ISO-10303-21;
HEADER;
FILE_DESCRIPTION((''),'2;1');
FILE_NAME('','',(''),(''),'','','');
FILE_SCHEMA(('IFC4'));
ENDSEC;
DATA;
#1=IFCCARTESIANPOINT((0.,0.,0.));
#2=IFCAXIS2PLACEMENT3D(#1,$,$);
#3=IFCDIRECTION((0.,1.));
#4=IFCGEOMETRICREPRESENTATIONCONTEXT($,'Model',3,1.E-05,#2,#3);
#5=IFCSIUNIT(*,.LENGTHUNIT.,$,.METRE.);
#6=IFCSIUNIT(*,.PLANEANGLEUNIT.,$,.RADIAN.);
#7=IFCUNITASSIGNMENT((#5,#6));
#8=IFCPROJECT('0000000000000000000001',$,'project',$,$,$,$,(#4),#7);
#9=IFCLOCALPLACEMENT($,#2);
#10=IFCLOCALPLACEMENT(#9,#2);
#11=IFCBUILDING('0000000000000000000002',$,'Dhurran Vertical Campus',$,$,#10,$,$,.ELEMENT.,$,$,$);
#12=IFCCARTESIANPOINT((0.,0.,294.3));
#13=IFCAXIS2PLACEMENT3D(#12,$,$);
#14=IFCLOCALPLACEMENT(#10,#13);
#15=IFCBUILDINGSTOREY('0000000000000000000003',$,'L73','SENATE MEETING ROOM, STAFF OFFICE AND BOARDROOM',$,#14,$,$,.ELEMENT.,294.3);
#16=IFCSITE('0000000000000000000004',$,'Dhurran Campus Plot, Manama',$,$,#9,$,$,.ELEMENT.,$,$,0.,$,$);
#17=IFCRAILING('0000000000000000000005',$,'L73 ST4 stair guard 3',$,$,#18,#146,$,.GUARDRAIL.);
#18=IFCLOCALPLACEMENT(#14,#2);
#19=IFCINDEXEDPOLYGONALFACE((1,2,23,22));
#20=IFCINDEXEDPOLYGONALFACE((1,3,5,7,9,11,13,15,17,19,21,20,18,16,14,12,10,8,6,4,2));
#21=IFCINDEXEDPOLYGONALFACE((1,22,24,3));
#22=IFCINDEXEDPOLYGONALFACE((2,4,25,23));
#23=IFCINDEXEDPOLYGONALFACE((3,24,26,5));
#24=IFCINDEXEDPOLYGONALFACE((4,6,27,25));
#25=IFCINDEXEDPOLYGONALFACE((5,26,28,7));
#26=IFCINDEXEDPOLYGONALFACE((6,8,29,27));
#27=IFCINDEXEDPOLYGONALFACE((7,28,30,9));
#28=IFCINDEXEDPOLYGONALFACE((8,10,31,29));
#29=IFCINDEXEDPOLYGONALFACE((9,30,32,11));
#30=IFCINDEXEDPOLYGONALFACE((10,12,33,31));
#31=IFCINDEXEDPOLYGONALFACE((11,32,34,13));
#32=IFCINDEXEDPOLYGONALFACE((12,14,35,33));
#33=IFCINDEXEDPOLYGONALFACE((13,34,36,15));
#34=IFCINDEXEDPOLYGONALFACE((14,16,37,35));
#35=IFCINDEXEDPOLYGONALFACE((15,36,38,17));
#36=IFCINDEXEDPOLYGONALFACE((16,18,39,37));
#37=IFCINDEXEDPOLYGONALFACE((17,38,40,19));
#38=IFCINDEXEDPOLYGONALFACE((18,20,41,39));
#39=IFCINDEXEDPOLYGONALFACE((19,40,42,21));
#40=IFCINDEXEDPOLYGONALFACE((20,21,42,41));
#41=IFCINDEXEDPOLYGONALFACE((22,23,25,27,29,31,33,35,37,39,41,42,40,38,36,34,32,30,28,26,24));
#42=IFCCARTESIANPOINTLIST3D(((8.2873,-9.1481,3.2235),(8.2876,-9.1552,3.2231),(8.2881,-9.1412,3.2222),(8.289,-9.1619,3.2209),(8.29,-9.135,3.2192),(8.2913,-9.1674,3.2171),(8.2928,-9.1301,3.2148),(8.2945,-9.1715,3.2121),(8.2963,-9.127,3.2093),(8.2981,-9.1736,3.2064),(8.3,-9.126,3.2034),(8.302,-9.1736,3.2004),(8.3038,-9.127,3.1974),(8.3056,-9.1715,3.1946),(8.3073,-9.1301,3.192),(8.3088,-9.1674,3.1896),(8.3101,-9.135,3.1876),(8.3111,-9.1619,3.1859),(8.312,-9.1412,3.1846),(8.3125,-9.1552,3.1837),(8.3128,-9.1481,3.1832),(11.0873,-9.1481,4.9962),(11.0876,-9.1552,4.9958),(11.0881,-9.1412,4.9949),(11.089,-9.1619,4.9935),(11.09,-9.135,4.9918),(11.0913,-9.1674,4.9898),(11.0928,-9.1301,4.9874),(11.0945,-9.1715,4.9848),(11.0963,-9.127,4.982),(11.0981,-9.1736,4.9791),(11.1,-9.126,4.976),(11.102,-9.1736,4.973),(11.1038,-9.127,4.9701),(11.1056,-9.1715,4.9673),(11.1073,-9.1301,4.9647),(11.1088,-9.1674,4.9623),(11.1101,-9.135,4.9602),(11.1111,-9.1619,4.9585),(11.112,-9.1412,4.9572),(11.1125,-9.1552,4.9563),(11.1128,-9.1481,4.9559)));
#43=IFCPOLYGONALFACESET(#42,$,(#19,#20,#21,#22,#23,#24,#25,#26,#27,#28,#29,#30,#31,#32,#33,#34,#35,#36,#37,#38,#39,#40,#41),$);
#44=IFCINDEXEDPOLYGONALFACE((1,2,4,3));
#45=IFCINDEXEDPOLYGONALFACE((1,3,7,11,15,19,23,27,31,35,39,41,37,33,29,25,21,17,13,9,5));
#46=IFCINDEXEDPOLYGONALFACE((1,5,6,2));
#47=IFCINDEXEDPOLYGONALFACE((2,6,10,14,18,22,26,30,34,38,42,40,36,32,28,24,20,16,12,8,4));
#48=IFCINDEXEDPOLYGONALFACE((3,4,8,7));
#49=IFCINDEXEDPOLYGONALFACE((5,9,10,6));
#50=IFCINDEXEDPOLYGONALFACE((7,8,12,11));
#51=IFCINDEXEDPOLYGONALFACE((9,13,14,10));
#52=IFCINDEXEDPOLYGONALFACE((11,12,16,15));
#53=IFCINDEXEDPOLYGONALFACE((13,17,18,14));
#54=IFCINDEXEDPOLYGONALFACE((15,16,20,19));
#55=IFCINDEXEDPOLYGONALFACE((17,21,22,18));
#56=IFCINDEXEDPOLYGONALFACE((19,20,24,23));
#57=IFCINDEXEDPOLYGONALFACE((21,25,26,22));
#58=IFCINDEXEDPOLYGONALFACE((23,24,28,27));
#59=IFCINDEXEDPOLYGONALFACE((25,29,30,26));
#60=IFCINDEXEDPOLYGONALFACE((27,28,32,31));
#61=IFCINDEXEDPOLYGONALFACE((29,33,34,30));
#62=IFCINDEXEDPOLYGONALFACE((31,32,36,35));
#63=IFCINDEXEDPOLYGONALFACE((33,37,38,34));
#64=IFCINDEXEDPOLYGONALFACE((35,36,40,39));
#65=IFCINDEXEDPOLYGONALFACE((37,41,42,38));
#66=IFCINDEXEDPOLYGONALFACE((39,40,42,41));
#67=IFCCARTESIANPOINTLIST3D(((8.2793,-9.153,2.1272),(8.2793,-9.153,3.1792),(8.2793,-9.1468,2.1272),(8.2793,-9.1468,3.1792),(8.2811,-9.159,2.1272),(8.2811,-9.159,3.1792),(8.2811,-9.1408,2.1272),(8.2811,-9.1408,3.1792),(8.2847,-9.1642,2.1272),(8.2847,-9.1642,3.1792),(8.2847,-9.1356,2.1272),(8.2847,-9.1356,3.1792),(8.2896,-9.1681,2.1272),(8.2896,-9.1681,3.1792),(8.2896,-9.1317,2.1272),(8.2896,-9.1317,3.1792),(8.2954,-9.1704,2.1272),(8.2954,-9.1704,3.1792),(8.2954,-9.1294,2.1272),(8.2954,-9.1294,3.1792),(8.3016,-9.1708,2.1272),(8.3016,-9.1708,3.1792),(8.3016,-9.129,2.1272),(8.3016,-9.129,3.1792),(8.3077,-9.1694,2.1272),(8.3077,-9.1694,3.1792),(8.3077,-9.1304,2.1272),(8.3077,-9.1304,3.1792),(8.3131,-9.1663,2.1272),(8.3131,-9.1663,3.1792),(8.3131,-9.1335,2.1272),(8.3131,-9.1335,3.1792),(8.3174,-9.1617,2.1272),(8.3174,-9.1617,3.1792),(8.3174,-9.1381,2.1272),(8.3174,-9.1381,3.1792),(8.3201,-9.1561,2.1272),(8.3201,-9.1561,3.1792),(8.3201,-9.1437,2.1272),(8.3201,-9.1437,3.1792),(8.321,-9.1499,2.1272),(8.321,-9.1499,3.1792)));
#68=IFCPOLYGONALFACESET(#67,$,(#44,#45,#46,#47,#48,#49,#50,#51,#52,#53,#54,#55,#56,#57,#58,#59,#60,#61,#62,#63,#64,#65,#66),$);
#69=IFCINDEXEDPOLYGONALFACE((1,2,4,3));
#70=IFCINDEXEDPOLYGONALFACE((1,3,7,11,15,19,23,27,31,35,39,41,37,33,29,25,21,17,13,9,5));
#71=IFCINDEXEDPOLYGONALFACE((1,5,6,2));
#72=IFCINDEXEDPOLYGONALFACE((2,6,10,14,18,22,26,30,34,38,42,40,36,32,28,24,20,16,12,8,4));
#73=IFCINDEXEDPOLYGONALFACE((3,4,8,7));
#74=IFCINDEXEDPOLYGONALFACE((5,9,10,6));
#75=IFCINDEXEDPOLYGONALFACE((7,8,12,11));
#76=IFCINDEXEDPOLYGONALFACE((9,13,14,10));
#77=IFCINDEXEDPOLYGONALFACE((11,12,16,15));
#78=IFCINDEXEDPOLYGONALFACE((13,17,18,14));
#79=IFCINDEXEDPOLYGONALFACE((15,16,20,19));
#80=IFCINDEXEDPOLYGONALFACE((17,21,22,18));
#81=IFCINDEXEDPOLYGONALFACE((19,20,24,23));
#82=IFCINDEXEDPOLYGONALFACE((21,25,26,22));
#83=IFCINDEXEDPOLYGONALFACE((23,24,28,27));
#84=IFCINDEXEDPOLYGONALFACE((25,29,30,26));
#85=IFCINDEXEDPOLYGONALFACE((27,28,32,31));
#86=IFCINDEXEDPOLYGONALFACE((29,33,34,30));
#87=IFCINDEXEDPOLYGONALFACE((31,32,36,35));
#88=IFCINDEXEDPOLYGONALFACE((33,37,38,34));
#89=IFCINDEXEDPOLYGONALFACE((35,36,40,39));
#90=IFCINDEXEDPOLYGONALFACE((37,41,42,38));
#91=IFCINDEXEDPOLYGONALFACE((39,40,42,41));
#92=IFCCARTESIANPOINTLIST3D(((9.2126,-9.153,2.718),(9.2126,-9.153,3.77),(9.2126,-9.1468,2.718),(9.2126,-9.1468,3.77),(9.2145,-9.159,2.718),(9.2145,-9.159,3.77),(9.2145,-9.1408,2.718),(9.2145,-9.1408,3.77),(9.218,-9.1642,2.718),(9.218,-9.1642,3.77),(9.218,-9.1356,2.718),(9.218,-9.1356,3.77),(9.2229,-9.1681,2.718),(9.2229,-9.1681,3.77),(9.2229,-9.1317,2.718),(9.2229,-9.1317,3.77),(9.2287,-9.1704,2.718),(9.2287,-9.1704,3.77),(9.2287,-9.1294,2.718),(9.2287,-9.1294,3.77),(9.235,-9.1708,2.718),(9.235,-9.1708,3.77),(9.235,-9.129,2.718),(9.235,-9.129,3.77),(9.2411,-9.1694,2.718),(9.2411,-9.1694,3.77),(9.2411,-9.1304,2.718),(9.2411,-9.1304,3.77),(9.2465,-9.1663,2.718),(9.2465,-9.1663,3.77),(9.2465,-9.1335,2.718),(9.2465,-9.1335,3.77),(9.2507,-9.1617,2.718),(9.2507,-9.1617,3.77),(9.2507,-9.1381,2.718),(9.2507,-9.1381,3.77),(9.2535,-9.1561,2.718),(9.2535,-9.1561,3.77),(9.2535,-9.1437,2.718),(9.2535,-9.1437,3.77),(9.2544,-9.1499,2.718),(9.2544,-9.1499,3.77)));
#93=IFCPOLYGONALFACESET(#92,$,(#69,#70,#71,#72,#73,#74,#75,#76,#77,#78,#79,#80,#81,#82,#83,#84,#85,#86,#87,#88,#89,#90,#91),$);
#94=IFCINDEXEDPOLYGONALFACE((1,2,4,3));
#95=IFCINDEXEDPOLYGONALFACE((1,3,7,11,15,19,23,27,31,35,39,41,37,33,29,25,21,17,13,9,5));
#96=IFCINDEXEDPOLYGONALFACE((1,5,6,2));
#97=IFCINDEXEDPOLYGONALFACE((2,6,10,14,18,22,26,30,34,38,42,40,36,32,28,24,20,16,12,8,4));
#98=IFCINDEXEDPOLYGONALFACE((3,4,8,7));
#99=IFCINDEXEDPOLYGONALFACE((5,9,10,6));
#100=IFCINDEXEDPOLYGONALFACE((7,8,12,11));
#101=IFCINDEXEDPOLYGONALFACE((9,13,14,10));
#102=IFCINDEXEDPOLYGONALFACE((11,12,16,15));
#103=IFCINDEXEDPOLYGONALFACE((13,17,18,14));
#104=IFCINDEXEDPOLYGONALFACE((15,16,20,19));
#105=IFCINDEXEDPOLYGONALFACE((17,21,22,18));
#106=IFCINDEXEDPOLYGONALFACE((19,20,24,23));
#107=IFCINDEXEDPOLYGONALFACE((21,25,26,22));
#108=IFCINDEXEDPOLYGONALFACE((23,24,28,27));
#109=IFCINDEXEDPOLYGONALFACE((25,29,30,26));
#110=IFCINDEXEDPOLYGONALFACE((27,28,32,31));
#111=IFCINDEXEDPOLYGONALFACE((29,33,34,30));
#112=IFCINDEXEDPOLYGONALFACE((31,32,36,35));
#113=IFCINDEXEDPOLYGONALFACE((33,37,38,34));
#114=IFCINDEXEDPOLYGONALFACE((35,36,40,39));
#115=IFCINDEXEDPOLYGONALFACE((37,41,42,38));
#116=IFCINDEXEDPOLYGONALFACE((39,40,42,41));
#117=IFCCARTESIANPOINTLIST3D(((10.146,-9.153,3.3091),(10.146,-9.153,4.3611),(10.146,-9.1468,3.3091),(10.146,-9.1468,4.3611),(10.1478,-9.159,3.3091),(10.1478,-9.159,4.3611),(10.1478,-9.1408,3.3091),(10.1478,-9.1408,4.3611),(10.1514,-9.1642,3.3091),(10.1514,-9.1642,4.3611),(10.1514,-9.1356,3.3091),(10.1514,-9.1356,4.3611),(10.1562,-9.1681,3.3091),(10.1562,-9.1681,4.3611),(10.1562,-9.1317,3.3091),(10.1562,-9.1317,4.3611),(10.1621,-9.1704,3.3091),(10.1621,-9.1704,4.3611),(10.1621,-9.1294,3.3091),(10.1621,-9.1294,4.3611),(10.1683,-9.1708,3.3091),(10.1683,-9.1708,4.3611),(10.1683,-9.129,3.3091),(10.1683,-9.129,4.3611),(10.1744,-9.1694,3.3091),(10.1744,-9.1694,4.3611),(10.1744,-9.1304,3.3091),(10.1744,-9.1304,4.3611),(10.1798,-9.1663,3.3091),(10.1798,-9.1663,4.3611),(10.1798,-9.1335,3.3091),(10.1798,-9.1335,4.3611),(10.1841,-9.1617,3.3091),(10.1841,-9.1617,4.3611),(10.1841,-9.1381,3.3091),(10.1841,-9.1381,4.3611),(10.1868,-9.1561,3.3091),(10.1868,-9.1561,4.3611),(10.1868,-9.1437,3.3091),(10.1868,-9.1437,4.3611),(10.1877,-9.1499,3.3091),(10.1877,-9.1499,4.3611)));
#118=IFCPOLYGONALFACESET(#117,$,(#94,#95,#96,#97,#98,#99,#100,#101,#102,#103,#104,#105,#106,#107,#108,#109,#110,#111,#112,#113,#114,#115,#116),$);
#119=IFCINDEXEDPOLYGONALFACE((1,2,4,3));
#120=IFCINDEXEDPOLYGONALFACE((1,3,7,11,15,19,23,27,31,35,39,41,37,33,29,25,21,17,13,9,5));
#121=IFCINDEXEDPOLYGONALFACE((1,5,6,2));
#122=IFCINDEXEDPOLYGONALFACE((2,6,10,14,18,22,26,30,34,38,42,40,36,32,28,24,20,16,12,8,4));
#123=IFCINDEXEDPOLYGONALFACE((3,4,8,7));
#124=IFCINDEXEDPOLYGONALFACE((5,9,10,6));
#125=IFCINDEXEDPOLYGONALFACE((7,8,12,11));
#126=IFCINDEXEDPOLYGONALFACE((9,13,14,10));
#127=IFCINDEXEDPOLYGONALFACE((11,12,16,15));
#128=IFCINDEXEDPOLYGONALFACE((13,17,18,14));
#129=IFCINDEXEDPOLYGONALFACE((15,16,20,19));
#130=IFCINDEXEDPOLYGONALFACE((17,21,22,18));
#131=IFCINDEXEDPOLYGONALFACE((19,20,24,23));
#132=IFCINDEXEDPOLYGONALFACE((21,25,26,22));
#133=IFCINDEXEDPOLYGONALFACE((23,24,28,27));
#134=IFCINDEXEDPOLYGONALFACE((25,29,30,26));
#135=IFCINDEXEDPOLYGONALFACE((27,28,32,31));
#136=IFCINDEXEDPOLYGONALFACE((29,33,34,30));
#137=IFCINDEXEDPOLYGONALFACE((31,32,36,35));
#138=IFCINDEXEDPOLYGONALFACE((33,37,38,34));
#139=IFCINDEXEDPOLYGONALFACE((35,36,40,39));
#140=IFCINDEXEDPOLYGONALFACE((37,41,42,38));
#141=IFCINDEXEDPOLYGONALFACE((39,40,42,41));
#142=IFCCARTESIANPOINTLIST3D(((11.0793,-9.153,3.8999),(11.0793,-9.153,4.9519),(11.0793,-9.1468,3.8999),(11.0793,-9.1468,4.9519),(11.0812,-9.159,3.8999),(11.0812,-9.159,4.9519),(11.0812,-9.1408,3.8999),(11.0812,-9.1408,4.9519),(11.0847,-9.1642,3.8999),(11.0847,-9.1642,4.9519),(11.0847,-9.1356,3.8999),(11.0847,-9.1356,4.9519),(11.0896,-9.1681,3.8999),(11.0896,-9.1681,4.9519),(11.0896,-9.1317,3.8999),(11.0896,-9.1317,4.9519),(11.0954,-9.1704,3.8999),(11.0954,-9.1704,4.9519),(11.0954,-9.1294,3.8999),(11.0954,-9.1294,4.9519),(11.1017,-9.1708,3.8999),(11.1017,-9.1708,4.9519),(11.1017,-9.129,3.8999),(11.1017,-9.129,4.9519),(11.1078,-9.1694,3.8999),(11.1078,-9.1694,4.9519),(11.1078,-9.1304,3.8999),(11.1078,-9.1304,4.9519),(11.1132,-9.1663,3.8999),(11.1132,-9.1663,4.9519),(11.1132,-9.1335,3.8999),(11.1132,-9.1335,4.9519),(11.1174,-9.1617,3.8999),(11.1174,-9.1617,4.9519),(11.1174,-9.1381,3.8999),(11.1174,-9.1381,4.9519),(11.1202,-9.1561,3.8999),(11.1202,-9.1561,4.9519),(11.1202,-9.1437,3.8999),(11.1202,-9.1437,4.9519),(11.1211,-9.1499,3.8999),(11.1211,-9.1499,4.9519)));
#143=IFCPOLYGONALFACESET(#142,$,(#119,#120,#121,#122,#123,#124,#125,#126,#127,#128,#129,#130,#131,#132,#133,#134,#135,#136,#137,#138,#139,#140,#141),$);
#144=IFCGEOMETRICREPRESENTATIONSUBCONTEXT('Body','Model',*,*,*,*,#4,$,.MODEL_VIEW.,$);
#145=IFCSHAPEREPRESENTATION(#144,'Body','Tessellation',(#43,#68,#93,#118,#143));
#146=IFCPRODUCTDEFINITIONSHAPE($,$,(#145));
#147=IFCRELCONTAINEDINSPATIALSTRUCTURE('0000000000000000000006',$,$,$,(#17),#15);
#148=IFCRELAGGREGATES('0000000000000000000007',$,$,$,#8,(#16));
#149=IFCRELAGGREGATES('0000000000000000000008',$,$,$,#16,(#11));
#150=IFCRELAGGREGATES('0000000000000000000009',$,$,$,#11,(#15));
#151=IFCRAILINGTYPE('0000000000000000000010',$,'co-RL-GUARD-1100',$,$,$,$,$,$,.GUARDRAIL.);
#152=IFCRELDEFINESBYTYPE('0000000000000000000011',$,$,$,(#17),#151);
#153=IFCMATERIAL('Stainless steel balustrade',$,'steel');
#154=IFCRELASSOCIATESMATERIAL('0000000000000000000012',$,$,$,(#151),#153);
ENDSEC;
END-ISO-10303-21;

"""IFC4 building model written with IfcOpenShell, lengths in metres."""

from ifc_helpers import new_model, si_unit, direction, frame, origin, origin_2d, place, context, subcontext, project, spatial, circle, extrude, material, type_object, element, save


model = new_model("IFC4")

# Units and contexts
model_context = context("Model", 3, precision=1e-05, world=origin(), true_north=direction((0.0, 1.0)))
body_context = subcontext(model_context, "Body", "Model", "MODEL_VIEW")
ifc_project = project(units=[si_unit("LENGTHUNIT", "METRE"), si_unit("PLANEANGLEUNIT", "RADIAN")], contexts=[model_context])

# Site, building, storey
site_placement = place(None, origin())
site = spatial("IfcSite", under=ifc_project, at=site_placement, Name="Dhurran Campus Plot, Manama", CompositionType="ELEMENT", RefElevation=0.0)
building_placement = place(site_placement, origin())
building = spatial("IfcBuilding", under=site, at=building_placement, Name="Dhurran Vertical Campus", CompositionType="ELEMENT")
storey_placement = place(building_placement, frame((0.0, 0.0, 294.3)))
storey = spatial("IfcBuildingStorey", under=building, at=storey_placement, Name="L73", Description="SENATE MEETING ROOM, STAFF OFFICE AND BOARDROOM", CompositionType="ELEMENT", Elevation=294.3)

# Railing
ifc_material_1 = material(Name="Stainless steel balustrade", Category="steel")
railing_type_1 = type_object("IfcRailingType", Name="co-RL-GUARD-1100", PredefinedType="GUARDRAIL", material=ifc_material_1)
railing_1_placement = place(storey_placement, frame((8.3, -9.1499, 2.1272)))
element("IfcRailing", 1, at=railing_1_placement, inside=storey, type_object=railing_type_1, Name="L73 ST4 stair guard 3", PredefinedType="GUARDRAIL", context=body_context, shape_type="SweptSolid", body=[
    extrude(circle(Radius=0.0239, at=origin_2d()), frame((0.0, 0.0, 1.0762), z_axis=(0.844909, 0.0, 0.53491), x_axis=(0.0, 1.0, 0.0)), (0.0, 0.0, 1.0), 3.314),
    extrude(circle(Radius=0.021, at=origin_2d()), origin(), (0.0, 0.0, 1.0), 1.052),
    extrude(circle(Radius=0.021, at=origin_2d()), frame((0.9333, 0.0, 0.5908)), (0.0, 0.0, 1.0), 1.052),
    extrude(circle(Radius=0.021, at=origin_2d()), frame((1.8667, 0.0, 1.1819)), (0.0, 0.0, 1.0), 1.052),
    extrude(circle(Radius=0.021, at=origin_2d()), frame((2.8, 0.0, 1.7727)), (0.0, 0.0, 1.0), 1.052),
])

save(model, "model.ifc")
